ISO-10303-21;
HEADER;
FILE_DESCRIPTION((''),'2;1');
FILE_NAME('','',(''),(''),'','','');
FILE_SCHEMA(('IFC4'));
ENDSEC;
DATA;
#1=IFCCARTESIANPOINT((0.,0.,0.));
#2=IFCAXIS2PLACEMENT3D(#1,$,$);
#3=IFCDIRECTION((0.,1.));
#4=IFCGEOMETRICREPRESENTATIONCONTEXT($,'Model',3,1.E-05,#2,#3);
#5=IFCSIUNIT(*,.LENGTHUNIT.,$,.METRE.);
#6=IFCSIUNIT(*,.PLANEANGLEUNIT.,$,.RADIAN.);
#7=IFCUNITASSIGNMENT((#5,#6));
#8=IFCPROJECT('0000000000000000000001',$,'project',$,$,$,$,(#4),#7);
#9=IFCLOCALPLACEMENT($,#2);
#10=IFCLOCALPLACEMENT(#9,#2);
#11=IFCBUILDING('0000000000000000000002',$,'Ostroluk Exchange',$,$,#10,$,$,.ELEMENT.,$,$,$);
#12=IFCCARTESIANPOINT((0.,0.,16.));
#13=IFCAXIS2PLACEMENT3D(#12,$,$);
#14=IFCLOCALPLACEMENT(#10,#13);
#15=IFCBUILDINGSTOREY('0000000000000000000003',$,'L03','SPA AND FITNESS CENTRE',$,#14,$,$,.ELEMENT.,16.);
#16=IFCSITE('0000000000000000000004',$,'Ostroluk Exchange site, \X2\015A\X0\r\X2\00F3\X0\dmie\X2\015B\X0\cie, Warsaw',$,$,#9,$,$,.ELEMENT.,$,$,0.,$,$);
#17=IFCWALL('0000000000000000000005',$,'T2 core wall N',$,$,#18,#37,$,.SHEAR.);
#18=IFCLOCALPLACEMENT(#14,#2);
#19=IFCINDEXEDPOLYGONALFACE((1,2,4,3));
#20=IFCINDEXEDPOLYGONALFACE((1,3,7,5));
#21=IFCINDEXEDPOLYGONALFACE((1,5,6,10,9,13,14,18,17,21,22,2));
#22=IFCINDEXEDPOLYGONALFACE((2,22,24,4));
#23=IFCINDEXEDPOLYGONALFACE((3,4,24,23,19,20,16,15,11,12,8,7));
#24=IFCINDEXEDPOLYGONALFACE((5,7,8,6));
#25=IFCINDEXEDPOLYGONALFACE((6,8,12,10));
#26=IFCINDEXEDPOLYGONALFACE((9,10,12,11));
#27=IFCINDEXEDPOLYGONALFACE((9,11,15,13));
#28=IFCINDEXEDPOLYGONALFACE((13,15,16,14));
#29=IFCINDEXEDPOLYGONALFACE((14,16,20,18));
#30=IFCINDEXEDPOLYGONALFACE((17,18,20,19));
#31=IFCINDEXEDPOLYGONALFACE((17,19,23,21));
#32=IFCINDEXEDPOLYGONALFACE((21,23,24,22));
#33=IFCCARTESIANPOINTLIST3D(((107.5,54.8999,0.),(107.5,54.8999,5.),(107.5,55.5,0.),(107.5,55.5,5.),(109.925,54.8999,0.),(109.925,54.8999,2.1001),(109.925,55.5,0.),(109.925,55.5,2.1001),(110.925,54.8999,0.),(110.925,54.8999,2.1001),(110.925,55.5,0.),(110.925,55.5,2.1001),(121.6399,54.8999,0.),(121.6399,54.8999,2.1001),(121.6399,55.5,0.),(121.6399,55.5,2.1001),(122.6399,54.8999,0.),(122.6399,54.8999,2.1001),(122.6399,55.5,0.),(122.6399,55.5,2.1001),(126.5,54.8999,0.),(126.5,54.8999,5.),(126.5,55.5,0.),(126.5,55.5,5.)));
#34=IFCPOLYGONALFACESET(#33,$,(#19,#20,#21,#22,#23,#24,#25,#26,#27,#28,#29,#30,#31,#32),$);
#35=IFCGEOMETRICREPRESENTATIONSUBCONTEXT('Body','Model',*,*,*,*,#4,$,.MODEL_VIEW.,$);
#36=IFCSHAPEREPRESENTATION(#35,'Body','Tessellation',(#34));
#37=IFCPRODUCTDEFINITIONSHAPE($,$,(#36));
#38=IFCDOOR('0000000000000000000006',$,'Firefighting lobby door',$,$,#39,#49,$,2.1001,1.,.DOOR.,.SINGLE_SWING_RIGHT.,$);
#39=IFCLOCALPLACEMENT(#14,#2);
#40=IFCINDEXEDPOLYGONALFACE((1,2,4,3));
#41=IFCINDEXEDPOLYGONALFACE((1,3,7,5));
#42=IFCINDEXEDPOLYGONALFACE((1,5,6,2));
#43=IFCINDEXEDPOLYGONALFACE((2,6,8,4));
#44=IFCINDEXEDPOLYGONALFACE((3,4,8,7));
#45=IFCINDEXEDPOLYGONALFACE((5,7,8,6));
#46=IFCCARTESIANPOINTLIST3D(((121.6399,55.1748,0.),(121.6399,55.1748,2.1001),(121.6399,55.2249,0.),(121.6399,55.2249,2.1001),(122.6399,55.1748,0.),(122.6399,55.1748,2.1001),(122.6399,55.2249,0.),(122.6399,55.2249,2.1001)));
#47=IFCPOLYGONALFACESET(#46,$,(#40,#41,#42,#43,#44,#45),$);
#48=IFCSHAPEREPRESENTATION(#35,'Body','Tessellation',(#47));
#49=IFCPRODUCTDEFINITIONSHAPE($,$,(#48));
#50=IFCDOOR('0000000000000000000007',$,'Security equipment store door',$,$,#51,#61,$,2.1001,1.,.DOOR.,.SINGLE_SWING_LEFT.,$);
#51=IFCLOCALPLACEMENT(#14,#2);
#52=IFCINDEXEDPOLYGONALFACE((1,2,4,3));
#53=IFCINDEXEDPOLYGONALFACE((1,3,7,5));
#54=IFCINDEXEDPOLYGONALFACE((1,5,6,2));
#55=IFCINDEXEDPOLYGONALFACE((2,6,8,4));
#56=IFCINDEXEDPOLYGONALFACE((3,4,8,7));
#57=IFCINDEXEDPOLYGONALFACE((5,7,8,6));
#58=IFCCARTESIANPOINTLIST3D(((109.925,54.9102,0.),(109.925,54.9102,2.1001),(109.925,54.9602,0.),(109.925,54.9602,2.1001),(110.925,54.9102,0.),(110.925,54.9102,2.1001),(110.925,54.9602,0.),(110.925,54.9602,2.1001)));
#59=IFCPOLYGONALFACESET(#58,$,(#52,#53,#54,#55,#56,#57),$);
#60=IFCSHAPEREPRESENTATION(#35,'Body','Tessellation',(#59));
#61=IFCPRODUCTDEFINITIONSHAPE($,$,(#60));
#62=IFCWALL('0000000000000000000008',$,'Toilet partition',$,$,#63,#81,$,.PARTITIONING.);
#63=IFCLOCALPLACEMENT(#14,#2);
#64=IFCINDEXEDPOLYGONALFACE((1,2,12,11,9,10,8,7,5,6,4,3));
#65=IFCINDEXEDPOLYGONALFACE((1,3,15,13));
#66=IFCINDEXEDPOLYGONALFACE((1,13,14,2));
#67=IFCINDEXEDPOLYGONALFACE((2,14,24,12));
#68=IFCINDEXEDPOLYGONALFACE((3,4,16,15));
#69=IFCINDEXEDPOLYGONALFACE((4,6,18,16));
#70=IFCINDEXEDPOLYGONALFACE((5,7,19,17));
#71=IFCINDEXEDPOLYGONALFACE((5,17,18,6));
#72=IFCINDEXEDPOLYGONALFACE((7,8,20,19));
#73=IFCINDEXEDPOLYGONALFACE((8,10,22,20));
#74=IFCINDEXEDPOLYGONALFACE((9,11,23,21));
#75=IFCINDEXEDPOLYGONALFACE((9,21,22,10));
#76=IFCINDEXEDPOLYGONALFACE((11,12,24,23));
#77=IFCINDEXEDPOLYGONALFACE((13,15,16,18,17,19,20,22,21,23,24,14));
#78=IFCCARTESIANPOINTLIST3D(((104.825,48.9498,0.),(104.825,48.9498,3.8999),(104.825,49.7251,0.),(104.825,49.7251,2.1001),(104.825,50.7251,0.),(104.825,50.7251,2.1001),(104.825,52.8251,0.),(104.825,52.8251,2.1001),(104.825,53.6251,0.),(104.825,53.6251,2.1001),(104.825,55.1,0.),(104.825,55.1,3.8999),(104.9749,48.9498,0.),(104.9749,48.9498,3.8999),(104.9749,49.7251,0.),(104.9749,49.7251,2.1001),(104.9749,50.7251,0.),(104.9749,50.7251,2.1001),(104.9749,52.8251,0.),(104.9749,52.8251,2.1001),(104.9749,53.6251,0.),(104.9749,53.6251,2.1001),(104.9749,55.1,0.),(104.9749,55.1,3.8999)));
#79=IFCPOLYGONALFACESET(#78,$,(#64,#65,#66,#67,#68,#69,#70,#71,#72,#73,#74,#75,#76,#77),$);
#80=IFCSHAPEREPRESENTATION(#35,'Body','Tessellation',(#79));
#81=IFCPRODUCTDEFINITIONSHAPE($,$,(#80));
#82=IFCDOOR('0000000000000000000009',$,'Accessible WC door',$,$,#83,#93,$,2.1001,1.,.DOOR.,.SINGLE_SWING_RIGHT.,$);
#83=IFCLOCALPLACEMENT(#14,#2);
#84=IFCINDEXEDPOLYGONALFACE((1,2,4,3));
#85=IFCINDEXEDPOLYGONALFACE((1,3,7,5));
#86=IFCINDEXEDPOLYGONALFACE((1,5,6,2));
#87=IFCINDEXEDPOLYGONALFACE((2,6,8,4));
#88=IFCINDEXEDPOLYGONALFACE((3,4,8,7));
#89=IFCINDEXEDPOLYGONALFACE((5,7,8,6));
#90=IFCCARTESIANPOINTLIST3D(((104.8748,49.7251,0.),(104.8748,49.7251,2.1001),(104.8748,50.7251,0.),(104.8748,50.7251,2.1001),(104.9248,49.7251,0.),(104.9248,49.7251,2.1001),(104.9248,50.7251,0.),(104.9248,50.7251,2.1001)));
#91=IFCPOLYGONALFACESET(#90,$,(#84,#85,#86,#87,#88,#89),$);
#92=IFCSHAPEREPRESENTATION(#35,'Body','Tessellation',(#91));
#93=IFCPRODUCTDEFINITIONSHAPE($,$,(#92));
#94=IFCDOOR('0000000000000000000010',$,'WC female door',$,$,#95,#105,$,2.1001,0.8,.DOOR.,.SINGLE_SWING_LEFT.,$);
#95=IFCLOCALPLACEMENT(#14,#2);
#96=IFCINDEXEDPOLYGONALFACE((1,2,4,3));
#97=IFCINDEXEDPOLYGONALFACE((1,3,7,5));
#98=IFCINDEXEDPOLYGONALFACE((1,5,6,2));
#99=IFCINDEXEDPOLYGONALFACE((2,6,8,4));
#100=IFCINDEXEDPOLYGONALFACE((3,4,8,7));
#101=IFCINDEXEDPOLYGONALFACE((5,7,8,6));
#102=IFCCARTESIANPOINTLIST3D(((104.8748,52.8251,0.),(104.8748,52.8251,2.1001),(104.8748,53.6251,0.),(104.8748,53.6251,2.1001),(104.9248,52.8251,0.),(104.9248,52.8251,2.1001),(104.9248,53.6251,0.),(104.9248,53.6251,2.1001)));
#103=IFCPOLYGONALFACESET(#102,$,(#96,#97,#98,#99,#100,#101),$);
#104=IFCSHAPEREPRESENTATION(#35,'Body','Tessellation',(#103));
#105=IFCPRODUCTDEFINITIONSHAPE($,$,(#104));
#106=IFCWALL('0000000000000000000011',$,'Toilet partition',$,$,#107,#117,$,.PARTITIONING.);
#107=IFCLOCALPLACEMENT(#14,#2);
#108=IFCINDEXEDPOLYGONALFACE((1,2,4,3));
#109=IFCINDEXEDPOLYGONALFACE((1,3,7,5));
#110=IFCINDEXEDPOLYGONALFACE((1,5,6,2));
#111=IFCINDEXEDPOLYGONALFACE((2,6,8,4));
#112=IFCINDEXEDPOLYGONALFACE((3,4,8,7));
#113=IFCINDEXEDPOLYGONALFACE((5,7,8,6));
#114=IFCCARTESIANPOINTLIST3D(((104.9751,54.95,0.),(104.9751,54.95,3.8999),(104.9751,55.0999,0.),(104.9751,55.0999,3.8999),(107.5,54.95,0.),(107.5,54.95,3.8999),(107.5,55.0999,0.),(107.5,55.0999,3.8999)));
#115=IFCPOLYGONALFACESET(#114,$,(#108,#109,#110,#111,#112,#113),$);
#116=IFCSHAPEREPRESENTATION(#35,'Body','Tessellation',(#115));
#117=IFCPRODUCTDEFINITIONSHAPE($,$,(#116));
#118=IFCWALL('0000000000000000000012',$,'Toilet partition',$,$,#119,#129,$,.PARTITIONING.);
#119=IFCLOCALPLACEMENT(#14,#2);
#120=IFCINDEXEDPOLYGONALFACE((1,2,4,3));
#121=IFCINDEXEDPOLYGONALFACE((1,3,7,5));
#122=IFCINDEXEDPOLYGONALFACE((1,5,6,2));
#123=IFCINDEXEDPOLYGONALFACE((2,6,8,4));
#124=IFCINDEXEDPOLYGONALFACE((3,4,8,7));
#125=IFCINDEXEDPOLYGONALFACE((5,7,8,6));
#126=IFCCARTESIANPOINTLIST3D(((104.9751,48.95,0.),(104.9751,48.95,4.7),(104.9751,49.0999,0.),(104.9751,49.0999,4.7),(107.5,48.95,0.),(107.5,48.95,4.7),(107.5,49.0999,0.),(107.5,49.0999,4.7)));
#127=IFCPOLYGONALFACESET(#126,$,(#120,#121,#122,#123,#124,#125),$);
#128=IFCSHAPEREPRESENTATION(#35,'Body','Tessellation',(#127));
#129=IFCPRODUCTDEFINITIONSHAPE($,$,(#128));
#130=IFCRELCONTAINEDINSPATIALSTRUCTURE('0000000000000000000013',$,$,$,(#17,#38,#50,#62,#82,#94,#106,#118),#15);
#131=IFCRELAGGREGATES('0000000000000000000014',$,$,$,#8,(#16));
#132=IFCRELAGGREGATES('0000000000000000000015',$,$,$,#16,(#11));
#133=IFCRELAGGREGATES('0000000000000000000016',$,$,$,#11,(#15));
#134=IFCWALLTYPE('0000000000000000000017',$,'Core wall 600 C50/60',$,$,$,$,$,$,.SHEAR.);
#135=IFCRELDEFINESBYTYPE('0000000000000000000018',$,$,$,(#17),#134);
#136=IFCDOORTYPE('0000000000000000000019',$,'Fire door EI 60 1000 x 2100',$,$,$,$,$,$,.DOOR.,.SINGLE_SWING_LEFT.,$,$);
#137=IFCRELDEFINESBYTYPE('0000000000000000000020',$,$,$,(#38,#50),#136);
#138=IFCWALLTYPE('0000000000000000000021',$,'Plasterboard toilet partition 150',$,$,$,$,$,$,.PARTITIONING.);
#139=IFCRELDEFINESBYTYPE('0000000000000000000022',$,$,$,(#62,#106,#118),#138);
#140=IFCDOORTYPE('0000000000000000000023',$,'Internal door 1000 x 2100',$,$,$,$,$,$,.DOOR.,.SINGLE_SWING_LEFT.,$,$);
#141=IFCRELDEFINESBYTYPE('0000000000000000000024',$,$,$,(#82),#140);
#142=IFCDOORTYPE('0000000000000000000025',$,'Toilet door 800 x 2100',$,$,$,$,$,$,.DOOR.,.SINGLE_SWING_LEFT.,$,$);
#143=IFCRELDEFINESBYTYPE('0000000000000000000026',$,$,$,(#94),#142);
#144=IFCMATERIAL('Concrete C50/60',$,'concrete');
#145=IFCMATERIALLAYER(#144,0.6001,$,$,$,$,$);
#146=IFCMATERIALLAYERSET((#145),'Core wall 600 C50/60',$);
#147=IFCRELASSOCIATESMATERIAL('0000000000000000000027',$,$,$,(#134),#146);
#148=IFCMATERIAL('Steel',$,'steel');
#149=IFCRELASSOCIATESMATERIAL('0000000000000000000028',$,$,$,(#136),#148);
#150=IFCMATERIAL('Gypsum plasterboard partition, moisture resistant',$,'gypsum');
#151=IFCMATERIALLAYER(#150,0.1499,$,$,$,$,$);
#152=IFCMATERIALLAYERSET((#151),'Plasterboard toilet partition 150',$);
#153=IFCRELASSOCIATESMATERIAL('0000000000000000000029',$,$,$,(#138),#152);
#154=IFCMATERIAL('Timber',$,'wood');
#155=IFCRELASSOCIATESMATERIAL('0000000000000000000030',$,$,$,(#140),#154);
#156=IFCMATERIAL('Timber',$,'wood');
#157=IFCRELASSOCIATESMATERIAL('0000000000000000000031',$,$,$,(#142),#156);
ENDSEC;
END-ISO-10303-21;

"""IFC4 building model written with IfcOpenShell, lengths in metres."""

from ifc_helpers import new_model, si_unit, direction, frame, frame_2d, origin, place, context, subcontext, project, spatial, rectangle, extrude, material, layer, layer_set, type_object, element, fill, save


model = new_model("IFC4")

# Units and contexts
model_context = context("Model", 3, precision=1e-05, world=origin(), true_north=direction((0.0, 1.0)))
body_context = subcontext(model_context, "Body", "Model", "MODEL_VIEW")
ifc_project = project(units=[si_unit("LENGTHUNIT", "METRE"), si_unit("PLANEANGLEUNIT", "RADIAN")], contexts=[model_context])

# Site, building, storey
site_placement = place(None, origin())
site = spatial("IfcSite", under=ifc_project, at=site_placement, Name="Ostroluk Exchange site, Śródmieście, Warsaw", CompositionType="ELEMENT", RefElevation=0.0)
building_placement = place(site_placement, origin())
building = spatial("IfcBuilding", under=site, at=building_placement, Name="Ostroluk Exchange", CompositionType="ELEMENT")
storey_placement = place(building_placement, frame((0.0, 0.0, 16.0)))
storey = spatial("IfcBuildingStorey", under=building, at=storey_placement, Name="L03", Description="SPA AND FITNESS CENTRE", CompositionType="ELEMENT", Elevation=16.0)

# Walls, openings, doors
ifc_material_1 = material(Name="Concrete C50/60", Category="concrete")
ifc_layer_1 = layer(ifc_material_1, 0.6001)
ifc_layer_set_1 = layer_set([ifc_layer_1], Name="Core wall 600 C50/60")
wall_type_1 = type_object("IfcWallType", Name="Core wall 600 C50/60", PredefinedType="SHEAR", material=ifc_layer_set_1)
wall_1_placement = place(storey_placement, frame((107.5, 55.2, 0.0), z_axis=(0.0, 0.0, 1.0), x_axis=(1.0, 0.0, 0.0)))
wall_1 = element("IfcWall", 1, at=wall_1_placement, inside=storey, type_object=wall_type_1, Name="T2 core wall N", PredefinedType="SHEAR", context=body_context, shape_type="SweptSolid", body=[
    extrude(rectangle(XDim=19.0, YDim=0.6001, at=frame_2d((9.5, 0.0))), origin(), (0.0, 0.0, 1.0), 5.0),
])
opening_1_placement = place(wall_1_placement, frame((14.1399, 0.0, 0.0)))
opening_1 = element("IfcOpeningElement", 2, at=opening_1_placement, cuts=wall_1, PredefinedType="OPENING", context=body_context, shape_type="SweptSolid", body=[
    extrude(rectangle(XDim=1.0, YDim=2.1001, at=frame_2d((0.5, 1.05))), frame((0.0, 0.3101, 0.0), z_axis=(0.0, -1.0, 0.0), x_axis=(1.0, 0.0, 0.0)), (0.0, 0.0, 1.0), 0.6201),
])
opening_2_placement = place(wall_1_placement, frame((2.425, 0.0, 0.0)))
opening_2 = element("IfcOpeningElement", 3, at=opening_2_placement, cuts=wall_1, PredefinedType="OPENING", context=body_context, shape_type="SweptSolid", body=[
    extrude(rectangle(XDim=1.0, YDim=2.1001, at=frame_2d((0.5, 1.05))), frame((0.0, 0.3101, 0.0), z_axis=(0.0, -1.0, 0.0), x_axis=(1.0, 0.0, 0.0)), (0.0, 0.0, 1.0), 0.6201),
])
ifc_material_2 = material(Name="Steel", Category="steel")
door_type_1 = type_object("IfcDoorType", Name="Fire door EI 60 1000 x 2100", OperationType="SINGLE_SWING_LEFT", PredefinedType="DOOR", material=ifc_material_2)
door_1_placement = place(opening_1_placement, origin())
door_1 = element("IfcDoor", 4, at=door_1_placement, inside=storey, type_object=door_type_1, Name="Firefighting lobby door", OperationType="SINGLE_SWING_RIGHT", OverallHeight=2.1001, OverallWidth=1.0, PredefinedType="DOOR", context=body_context, shape_type="SweptSolid", body=[
    extrude(rectangle(XDim=1.0, YDim=2.1001, at=frame_2d((0.5, 1.05))), frame((0.0, 0.0249, 0.0), z_axis=(0.0, -1.0, 0.0), x_axis=(1.0, 0.0, 0.0)), (0.0, 0.0, 1.0), 0.05),
])
fill(opening_1, door_1)
door_2_placement = place(opening_2_placement, origin())
door_2 = element("IfcDoor", 5, at=door_2_placement, inside=storey, type_object=door_type_1, Name="Security equipment store door", OperationType="SINGLE_SWING_LEFT", OverallHeight=2.1001, OverallWidth=1.0, PredefinedType="DOOR", context=body_context, shape_type="SweptSolid", body=[
    extrude(rectangle(XDim=1.0, YDim=2.1001, at=frame_2d((0.5, 1.05))), frame((0.0, -0.2397, 0.0), z_axis=(0.0, -1.0, 0.0), x_axis=(1.0, 0.0, 0.0)), (0.0, 0.0, 1.0), 0.05),
])
fill(opening_2, door_2)
ifc_material_3 = material(Name="Gypsum plasterboard partition, moisture resistant", Category="gypsum")
ifc_layer_2 = layer(ifc_material_3, 0.1499)
ifc_layer_set_2 = layer_set([ifc_layer_2], Name="Plasterboard toilet partition 150")
wall_type_2 = type_object("IfcWallType", Name="Plasterboard toilet partition 150", PredefinedType="PARTITIONING", material=ifc_layer_set_2)
wall_2_placement = place(storey_placement, frame((104.8999, 55.1001, 0.0), z_axis=(0.0, 0.0, 1.0), x_axis=(0.0, -1.0, 0.0)))
wall_2 = element("IfcWall", 6, at=wall_2_placement, inside=storey, type_object=wall_type_2, Name="Toilet partition", PredefinedType="PARTITIONING", context=body_context, shape_type="SweptSolid", body=[
    extrude(rectangle(XDim=6.1501, YDim=0.1499, at=frame_2d((3.0752, 0.0))), origin(), (0.0, 0.0, 1.0), 3.8999),
])
opening_3_placement = place(wall_2_placement, frame((1.4751, 0.0, 0.0)))
opening_3 = element("IfcOpeningElement", 7, at=opening_3_placement, cuts=wall_2, PredefinedType="OPENING", context=body_context, shape_type="SweptSolid", body=[
    extrude(rectangle(XDim=0.8, YDim=2.1001, at=frame_2d((0.3999, 1.05))), frame((0.0, 0.085, 0.0), z_axis=(0.0, -1.0, 0.0), x_axis=(1.0, 0.0, 0.0)), (0.0, 0.0, 1.0), 0.1699),
])
opening_4_placement = place(wall_2_placement, frame((4.375, 0.0, 0.0)))
opening_4 = element("IfcOpeningElement", 8, at=opening_4_placement, cuts=wall_2, PredefinedType="OPENING", context=body_context, shape_type="SweptSolid", body=[
    extrude(rectangle(XDim=1.0, YDim=2.1001, at=frame_2d((0.5, 1.05))), frame((0.0, 0.085, 0.0), z_axis=(0.0, -1.0, 0.0), x_axis=(1.0, 0.0, 0.0)), (0.0, 0.0, 1.0), 0.1699),
])
ifc_material_4 = material(Name="Timber", Category="wood")
door_type_2 = type_object("IfcDoorType", Name="Internal door 1000 x 2100", OperationType="SINGLE_SWING_LEFT", PredefinedType="DOOR", material=ifc_material_4)
door_3_placement = place(opening_4_placement, origin())
door_3 = element("IfcDoor", 9, at=door_3_placement, inside=storey, type_object=door_type_2, Name="Accessible WC door", OperationType="SINGLE_SWING_RIGHT", OverallHeight=2.1001, OverallWidth=1.0, PredefinedType="DOOR", context=body_context, shape_type="SweptSolid", body=[
    extrude(rectangle(XDim=1.0, YDim=2.1001, at=frame_2d((0.5, 1.05))), frame((0.0, 0.0249, 0.0), z_axis=(0.0, -1.0, 0.0), x_axis=(1.0, 0.0, 0.0)), (0.0, 0.0, 1.0), 0.05),
])
fill(opening_4, door_3)
ifc_material_5 = material(Name="Timber", Category="wood")
door_type_3 = type_object("IfcDoorType", Name="Toilet door 800 x 2100", OperationType="SINGLE_SWING_LEFT", PredefinedType="DOOR", material=ifc_material_5)
door_4_placement = place(opening_3_placement, origin())
door_4 = element("IfcDoor", 10, at=door_4_placement, inside=storey, type_object=door_type_3, Name="WC female door", OperationType="SINGLE_SWING_LEFT", OverallHeight=2.1001, OverallWidth=0.8, PredefinedType="DOOR", context=body_context, shape_type="SweptSolid", body=[
    extrude(rectangle(XDim=0.8, YDim=2.1001, at=frame_2d((0.3999, 1.05))), frame((0.0, 0.0249, 0.0), z_axis=(0.0, -1.0, 0.0), x_axis=(1.0, 0.0, 0.0)), (0.0, 0.0, 1.0), 0.05),
])
fill(opening_3, door_4)

# Walls
wall_3_placement = place(storey_placement, frame((104.9751, 55.0249, 0.0), z_axis=(0.0, 0.0, 1.0), x_axis=(1.0, 0.0, 0.0)))
element("IfcWall", 11, at=wall_3_placement, inside=storey, type_object=wall_type_2, Name="Toilet partition", PredefinedType="PARTITIONING", context=body_context, shape_type="SweptSolid", body=[
    extrude(rectangle(XDim=2.5249, YDim=0.1499, at=frame_2d((1.2625, 0.0))), origin(), (0.0, 0.0, 1.0), 3.8999),
])
wall_4_placement = place(storey_placement, frame((104.9751, 49.0249, 0.0), z_axis=(0.0, 0.0, 1.0), x_axis=(1.0, 0.0, 0.0)))
element("IfcWall", 12, at=wall_4_placement, inside=storey, type_object=wall_type_2, Name="Toilet partition", PredefinedType="PARTITIONING", context=body_context, shape_type="SweptSolid", body=[
    extrude(rectangle(XDim=2.5249, YDim=0.1499, at=frame_2d((1.2625, 0.0))), origin(), (0.0, 0.0, 1.0), 4.7),
])

save(model, "model.ifc")
